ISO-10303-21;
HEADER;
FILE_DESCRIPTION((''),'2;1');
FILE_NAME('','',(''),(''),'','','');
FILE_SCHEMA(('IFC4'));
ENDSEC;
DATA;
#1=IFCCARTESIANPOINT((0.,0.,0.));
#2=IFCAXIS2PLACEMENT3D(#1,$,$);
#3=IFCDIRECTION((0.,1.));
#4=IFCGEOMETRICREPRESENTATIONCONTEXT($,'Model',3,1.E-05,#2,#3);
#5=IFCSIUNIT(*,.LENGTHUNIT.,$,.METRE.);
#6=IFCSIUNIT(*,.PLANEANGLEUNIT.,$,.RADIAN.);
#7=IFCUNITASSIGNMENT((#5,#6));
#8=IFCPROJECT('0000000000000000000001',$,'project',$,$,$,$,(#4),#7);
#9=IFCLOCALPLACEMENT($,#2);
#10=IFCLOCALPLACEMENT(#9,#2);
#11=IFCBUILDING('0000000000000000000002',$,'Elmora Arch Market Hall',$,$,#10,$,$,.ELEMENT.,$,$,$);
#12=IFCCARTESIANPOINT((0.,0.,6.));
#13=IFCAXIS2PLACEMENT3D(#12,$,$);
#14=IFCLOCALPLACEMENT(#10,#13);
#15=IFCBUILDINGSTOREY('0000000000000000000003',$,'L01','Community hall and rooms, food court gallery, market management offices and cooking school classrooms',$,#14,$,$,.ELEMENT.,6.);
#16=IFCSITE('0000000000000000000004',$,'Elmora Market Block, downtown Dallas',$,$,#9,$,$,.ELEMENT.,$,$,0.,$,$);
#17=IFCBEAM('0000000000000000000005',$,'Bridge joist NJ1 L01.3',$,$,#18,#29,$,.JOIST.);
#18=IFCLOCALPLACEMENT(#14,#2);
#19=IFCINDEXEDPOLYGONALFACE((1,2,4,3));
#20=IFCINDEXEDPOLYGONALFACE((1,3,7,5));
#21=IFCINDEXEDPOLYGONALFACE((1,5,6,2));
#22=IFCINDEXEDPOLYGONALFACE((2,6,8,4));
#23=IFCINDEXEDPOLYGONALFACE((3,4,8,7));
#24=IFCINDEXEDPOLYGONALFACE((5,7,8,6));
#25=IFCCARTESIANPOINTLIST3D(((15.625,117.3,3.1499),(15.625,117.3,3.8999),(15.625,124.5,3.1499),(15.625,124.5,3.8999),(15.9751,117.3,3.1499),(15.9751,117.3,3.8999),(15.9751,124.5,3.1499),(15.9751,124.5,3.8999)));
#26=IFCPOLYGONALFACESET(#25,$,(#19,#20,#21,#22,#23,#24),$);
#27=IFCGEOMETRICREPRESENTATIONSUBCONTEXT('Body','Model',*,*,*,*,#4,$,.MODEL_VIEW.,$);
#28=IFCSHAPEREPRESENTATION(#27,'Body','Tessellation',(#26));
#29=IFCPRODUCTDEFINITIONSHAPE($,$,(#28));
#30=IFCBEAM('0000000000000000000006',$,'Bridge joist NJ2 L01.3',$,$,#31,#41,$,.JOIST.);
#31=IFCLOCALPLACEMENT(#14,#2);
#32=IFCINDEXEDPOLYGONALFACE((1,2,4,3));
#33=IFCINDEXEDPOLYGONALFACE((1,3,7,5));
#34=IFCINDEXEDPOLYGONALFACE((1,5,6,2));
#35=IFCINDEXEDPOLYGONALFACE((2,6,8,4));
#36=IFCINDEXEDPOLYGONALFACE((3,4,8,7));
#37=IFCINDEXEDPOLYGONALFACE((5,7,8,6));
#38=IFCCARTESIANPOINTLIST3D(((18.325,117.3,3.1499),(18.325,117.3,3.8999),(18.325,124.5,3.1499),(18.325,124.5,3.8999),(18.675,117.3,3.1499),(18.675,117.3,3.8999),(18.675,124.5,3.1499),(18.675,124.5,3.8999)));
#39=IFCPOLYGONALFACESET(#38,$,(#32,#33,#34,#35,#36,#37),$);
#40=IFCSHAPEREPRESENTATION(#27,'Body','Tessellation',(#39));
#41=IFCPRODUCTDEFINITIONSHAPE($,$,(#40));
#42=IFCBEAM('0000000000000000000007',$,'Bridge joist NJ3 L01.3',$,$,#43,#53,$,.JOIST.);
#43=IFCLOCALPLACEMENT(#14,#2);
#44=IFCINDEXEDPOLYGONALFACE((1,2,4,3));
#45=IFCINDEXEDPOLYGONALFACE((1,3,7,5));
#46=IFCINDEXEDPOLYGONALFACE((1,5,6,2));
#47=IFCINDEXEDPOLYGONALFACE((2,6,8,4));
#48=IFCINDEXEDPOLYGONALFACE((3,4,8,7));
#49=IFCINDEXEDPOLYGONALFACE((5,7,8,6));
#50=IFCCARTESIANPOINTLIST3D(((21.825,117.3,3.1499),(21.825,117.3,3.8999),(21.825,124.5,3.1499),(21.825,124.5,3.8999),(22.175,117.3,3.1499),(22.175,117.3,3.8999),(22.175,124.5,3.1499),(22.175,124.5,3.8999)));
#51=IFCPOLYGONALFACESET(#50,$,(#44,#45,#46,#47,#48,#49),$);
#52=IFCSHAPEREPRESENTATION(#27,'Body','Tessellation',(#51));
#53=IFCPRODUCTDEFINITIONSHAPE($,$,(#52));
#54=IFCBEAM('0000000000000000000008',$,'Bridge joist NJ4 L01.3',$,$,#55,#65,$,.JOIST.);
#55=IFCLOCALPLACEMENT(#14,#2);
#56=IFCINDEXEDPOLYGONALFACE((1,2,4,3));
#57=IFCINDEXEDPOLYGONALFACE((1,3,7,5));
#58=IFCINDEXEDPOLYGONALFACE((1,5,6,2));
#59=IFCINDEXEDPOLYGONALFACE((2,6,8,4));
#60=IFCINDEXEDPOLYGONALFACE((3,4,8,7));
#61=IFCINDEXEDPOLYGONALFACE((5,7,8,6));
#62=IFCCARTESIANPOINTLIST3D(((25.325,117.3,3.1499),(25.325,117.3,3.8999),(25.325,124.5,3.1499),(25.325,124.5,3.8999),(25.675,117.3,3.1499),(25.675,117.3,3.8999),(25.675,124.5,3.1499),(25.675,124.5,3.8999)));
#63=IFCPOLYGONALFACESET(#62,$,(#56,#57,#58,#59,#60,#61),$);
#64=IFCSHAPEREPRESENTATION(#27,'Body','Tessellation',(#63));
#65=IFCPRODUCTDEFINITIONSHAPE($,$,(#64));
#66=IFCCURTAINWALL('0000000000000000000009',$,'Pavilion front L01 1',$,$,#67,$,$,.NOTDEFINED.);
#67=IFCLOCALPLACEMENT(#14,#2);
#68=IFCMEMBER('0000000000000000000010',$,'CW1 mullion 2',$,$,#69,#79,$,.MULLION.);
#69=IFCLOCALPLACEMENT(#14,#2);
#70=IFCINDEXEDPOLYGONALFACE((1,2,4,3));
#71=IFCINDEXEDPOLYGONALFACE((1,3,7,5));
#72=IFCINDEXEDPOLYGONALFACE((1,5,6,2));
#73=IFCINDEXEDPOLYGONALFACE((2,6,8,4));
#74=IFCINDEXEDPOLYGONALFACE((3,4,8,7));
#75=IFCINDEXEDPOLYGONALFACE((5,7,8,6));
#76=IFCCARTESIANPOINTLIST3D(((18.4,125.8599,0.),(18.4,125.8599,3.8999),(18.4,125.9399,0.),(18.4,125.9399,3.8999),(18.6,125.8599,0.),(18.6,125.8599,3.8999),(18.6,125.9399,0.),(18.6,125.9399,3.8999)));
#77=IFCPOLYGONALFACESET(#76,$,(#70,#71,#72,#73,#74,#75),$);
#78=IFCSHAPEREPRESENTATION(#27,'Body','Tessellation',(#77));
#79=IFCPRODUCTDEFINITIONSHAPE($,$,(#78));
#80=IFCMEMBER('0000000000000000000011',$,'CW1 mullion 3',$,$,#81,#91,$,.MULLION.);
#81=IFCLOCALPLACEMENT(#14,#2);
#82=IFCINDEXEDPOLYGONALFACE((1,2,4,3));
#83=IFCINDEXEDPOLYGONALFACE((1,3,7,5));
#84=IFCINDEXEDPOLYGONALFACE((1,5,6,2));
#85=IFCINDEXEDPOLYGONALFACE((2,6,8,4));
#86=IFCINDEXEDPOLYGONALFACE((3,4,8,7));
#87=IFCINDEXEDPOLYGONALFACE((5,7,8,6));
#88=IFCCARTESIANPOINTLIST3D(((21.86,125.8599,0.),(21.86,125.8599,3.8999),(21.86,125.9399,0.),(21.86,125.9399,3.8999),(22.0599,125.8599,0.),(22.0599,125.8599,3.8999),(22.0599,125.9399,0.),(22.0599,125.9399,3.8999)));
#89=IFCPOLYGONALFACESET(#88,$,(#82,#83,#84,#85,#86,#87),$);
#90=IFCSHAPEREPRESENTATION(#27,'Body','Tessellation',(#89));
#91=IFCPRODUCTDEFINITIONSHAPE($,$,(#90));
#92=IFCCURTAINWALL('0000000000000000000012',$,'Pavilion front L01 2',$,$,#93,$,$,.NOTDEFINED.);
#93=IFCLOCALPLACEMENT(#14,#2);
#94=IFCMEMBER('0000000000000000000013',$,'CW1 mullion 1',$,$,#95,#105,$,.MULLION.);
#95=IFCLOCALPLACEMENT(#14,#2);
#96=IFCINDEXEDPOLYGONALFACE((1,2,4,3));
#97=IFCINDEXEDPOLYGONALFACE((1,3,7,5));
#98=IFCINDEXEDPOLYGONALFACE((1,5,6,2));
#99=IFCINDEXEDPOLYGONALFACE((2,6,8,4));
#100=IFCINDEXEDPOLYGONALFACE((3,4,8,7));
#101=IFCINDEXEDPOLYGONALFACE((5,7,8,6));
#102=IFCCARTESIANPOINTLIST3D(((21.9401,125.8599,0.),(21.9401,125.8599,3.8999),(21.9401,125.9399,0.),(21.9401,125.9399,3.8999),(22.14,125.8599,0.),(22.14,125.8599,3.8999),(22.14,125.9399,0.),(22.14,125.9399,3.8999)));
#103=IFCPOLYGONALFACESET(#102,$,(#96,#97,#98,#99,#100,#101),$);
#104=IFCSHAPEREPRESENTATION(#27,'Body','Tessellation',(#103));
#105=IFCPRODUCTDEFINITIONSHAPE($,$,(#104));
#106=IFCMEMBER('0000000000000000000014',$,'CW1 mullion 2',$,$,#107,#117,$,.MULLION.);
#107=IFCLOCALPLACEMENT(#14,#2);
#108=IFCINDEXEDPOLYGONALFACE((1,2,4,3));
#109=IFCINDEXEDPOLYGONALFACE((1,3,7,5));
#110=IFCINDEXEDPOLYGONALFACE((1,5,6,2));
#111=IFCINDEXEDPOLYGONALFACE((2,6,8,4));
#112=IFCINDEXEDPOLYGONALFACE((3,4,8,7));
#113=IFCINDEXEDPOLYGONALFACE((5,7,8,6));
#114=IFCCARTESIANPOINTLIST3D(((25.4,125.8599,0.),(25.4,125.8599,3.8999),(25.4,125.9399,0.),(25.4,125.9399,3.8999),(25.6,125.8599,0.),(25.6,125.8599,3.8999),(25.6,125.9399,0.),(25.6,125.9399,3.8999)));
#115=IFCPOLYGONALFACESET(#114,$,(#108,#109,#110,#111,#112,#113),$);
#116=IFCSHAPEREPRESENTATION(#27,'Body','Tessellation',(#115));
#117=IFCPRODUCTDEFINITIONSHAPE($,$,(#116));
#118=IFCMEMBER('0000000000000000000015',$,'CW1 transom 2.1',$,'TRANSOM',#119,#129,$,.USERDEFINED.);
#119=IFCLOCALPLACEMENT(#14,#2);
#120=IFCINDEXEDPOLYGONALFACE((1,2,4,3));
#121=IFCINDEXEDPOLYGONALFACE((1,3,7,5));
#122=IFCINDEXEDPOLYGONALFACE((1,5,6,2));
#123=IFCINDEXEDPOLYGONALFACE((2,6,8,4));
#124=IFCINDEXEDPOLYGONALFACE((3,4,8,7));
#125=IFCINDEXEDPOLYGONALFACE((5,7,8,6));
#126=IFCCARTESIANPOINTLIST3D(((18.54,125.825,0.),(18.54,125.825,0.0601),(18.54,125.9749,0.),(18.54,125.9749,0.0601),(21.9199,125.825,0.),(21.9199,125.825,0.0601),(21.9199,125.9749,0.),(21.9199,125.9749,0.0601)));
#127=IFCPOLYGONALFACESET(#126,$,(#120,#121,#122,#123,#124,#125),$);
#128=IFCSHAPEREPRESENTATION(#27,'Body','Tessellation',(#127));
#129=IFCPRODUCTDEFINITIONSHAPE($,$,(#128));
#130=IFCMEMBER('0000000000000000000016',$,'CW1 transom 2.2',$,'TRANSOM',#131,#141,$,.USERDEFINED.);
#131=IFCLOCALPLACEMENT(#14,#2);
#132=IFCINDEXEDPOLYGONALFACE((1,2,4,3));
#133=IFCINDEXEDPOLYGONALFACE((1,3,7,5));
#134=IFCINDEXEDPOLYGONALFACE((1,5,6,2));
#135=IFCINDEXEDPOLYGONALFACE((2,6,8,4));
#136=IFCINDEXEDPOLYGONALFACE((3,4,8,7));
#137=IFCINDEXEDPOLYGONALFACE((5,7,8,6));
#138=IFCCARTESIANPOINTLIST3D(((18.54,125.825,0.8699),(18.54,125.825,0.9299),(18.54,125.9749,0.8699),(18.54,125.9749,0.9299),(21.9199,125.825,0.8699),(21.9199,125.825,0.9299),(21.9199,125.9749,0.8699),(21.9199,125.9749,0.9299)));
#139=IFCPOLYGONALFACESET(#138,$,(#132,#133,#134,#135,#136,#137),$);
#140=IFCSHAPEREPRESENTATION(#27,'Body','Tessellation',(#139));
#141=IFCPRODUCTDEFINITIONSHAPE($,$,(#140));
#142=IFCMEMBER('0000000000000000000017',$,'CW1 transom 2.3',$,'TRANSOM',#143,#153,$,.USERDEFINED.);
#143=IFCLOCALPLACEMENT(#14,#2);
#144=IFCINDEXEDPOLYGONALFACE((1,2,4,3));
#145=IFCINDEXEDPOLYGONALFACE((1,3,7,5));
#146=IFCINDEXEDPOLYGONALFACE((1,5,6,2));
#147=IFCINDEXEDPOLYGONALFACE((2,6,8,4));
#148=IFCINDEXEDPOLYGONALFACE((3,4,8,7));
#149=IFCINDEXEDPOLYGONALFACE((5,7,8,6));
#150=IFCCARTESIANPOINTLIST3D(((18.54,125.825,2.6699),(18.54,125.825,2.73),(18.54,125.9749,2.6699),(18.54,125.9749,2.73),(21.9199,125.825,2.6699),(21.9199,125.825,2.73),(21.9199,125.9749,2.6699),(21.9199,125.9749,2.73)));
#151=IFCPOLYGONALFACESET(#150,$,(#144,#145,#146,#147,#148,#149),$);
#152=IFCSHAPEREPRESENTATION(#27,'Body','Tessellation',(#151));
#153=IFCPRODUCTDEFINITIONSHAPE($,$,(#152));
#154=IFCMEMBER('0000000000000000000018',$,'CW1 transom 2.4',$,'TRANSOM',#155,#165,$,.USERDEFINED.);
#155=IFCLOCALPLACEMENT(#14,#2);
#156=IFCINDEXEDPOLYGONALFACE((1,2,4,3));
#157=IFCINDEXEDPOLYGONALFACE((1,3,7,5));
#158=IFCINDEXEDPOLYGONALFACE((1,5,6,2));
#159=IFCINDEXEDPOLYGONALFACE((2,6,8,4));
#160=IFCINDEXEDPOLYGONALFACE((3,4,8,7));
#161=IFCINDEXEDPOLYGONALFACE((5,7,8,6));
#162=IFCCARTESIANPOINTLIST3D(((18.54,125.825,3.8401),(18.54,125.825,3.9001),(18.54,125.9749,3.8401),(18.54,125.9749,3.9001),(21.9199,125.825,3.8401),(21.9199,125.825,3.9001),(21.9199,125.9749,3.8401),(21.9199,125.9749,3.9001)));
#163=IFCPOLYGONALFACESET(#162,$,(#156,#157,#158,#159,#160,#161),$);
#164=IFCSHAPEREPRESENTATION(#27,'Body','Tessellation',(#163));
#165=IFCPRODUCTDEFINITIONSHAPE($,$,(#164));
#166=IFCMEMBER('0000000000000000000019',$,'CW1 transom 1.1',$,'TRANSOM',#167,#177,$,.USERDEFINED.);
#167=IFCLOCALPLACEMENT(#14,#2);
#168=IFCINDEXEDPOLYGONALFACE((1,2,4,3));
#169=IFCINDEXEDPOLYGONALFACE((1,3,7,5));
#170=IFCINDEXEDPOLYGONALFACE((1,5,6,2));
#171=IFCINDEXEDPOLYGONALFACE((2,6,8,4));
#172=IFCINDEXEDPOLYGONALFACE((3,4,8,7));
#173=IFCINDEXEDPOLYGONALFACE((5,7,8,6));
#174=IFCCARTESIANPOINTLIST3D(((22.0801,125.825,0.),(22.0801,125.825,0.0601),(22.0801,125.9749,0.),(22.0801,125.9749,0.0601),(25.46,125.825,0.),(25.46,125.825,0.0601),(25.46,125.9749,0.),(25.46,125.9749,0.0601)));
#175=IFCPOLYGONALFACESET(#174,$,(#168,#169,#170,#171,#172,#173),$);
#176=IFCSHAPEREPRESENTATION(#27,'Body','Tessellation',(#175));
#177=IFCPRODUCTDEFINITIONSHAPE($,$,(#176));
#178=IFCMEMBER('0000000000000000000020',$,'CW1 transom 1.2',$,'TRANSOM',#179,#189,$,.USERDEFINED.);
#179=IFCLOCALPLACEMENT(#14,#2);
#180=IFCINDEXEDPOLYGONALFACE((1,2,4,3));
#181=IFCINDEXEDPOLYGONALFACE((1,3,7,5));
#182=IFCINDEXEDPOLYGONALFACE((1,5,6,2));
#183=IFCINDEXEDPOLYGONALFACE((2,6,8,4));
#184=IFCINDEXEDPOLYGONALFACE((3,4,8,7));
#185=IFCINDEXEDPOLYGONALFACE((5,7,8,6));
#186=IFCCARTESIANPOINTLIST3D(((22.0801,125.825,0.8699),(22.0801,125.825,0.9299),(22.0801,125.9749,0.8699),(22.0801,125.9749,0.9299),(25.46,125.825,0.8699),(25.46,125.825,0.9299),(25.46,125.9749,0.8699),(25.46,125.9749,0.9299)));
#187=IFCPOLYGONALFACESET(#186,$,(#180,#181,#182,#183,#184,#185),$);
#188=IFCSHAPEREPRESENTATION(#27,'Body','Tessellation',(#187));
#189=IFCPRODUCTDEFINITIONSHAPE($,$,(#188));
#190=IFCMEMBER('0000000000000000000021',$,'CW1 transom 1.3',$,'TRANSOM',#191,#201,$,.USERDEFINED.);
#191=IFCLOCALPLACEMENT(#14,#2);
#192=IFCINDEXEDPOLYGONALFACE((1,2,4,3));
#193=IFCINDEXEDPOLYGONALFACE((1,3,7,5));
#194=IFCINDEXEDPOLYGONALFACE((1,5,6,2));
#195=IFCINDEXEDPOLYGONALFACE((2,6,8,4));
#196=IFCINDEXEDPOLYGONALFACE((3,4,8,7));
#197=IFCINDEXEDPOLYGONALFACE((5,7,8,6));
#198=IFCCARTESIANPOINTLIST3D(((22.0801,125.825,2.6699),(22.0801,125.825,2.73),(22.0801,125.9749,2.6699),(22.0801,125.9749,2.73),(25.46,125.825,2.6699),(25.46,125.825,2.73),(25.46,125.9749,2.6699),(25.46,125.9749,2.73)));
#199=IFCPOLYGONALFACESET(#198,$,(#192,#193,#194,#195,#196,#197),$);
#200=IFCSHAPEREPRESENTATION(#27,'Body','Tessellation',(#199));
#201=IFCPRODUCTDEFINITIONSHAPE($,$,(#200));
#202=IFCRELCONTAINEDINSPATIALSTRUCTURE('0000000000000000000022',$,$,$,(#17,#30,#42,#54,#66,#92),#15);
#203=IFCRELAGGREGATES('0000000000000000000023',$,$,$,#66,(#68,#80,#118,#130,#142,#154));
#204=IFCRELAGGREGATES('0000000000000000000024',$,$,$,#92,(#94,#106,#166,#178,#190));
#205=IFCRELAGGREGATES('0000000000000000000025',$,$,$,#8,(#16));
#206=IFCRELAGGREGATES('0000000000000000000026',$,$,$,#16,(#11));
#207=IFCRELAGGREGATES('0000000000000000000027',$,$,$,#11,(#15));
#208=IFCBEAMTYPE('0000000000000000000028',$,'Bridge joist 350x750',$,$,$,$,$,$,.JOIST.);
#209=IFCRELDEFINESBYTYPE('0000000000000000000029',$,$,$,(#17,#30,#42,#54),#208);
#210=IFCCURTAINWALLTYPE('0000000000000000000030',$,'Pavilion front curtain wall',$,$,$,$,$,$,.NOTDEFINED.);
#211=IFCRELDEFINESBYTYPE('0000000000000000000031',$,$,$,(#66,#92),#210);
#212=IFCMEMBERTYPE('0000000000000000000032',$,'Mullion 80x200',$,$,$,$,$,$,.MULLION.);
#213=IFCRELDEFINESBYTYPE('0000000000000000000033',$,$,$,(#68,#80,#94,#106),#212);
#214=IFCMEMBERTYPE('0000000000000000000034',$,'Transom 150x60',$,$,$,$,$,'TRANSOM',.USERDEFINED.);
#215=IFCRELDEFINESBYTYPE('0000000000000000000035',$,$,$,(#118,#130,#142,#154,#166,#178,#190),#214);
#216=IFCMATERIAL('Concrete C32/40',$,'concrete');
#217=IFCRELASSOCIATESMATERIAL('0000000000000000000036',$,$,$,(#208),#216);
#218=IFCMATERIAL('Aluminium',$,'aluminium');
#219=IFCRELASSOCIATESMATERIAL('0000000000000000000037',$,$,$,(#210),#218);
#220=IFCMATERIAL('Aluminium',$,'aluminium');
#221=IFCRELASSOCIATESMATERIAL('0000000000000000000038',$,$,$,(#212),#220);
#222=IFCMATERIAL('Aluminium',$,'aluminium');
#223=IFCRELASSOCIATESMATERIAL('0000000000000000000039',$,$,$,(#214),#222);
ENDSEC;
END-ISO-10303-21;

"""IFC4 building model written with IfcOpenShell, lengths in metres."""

from ifc_helpers import new_model, si_unit, direction, frame, origin, origin_2d, place, context, subcontext, project, spatial, rectangle, extrude, material, material_profile, profile_set, type_object, element, aggregate, save


model = new_model("IFC4")

# Units and contexts
model_context = context("Model", 3, precision=1e-05, world=origin(), true_north=direction((0.0, 1.0)))
body_context = subcontext(model_context, "Body", "Model", "MODEL_VIEW")
ifc_project = project(units=[si_unit("LENGTHUNIT", "METRE"), si_unit("PLANEANGLEUNIT", "RADIAN")], contexts=[model_context])

# Site, building, storey
site_placement = place(None, origin())
site = spatial("IfcSite", under=ifc_project, at=site_placement, Name="Elmora Market Block, downtown Dallas", CompositionType="ELEMENT", RefElevation=0.0)
building_placement = place(site_placement, origin())
building = spatial("IfcBuilding", under=site, at=building_placement, Name="Elmora Arch Market Hall", CompositionType="ELEMENT")
storey_placement = place(building_placement, frame((0.0, 0.0, 6.0)))
storey = spatial("IfcBuildingStorey", under=building, at=storey_placement, Name="L01", Description="Community hall and rooms, food court gallery, market management offices and cooking school classrooms", CompositionType="ELEMENT", Elevation=6.0)

# Beams
ifc_material_1 = material(Name="Concrete C32/40", Category="concrete")
ifc_material_profile_1 = material_profile(ifc_material_1, rectangle(XDim=0.3501, YDim=0.75, at=origin_2d()), Name="Bridge joist 350x750")
ifc_profile_set_1 = profile_set([ifc_material_profile_1], Name="Concrete C32/40")
beam_type = type_object("IfcBeamType", Name="Bridge joist 350x750", PredefinedType="JOIST", material=ifc_profile_set_1)
for number, where, z_axis, x_axis, name in (
    (1, (15.8, 117.3, 3.5249), (0.0, 1.0, 0.0), (-1.0, 0.0, 0.0), "Bridge joist NJ1 L01.3"),
    (2, (18.5, 117.3, 3.5249), (0.0, 1.0, 0.0), (-1.0, 0.0, 0.0), "Bridge joist NJ2 L01.3"),
    (3, (22.0, 117.3, 3.5249), (0.0, 1.0, 0.0), (-1.0, 0.0, 0.0), "Bridge joist NJ3 L01.3"),
    (4, (25.5, 117.3, 3.5249), (0.0, 1.0, 0.0), (-1.0, 0.0, 0.0), "Bridge joist NJ4 L01.3"),
):
    element("IfcBeam", number, at=place(storey_placement, frame(where, z_axis=z_axis, x_axis=x_axis)), inside=storey, type_object=beam_type, Name=name, PredefinedType="JOIST", context=body_context, shape_type="SweptSolid", body=[
        extrude(rectangle(XDim=0.3501, YDim=0.75, at=origin_2d()), origin(), (0.0, 0.0, 1.0), 7.2),
    ])

# Curtain walls, members
ifc_material_2 = material(Name="Aluminium", Category="aluminium")
curtain_wall_type = type_object("IfcCurtainWallType", Name="Pavilion front curtain wall", PredefinedType="NOTDEFINED", material=ifc_material_2)
curtain_wall_1_placement = place(storey_placement, origin())
curtain_wall_1 = element("IfcCurtainWall", 5, at=curtain_wall_1_placement, inside=storey, type_object=curtain_wall_type, Name="Pavilion front L01 1", PredefinedType="NOTDEFINED")
ifc_material_3 = material(Name="Aluminium", Category="aluminium")
ifc_material_profile_2 = material_profile(ifc_material_3, rectangle(XDim=0.0801, YDim=0.2, at=origin_2d()), Name="AL 80x200")
ifc_profile_set_2 = profile_set([ifc_material_profile_2], Name="Aluminium")
member_type_1 = type_object("IfcMemberType", Name="Mullion 80x200", PredefinedType="MULLION", material=ifc_profile_set_2)
member_1_placement = place(storey_placement, frame((18.5, 125.8999, 0.0), z_axis=(0.0, 0.0, 1.0), x_axis=(0.0, 1.0, 0.0)))
member_1 = element("IfcMember", 6, at=member_1_placement, type_object=member_type_1, Name="CW1 mullion 2", PredefinedType="MULLION", context=body_context, shape_type="SweptSolid", body=[
    extrude(rectangle(XDim=0.0801, YDim=0.2, at=origin_2d()), origin(), (0.0, 0.0, 1.0), 3.8999),
])
member_2_placement = place(storey_placement, frame((21.96, 125.8999, 0.0), z_axis=(0.0, 0.0, 1.0), x_axis=(0.0, 1.0, 0.0)))
member_2 = element("IfcMember", 7, at=member_2_placement, type_object=member_type_1, Name="CW1 mullion 3", PredefinedType="MULLION", context=body_context, shape_type="SweptSolid", body=[
    extrude(rectangle(XDim=0.0801, YDim=0.2, at=origin_2d()), origin(), (0.0, 0.0, 1.0), 3.8999),
])
curtain_wall_2_placement = place(storey_placement, origin())
curtain_wall_2 = element("IfcCurtainWall", 8, at=curtain_wall_2_placement, inside=storey, type_object=curtain_wall_type, Name="Pavilion front L01 2", PredefinedType="NOTDEFINED")
member_3_placement = place(storey_placement, frame((22.04, 125.8999, 0.0), z_axis=(0.0, 0.0, 1.0), x_axis=(0.0, 1.0, 0.0)))
member_3 = element("IfcMember", 9, at=member_3_placement, type_object=member_type_1, Name="CW1 mullion 1", PredefinedType="MULLION", context=body_context, shape_type="SweptSolid", body=[
    extrude(rectangle(XDim=0.0801, YDim=0.2, at=origin_2d()), origin(), (0.0, 0.0, 1.0), 3.8999),
])
member_4_placement = place(storey_placement, frame((25.5, 125.8999, 0.0), z_axis=(0.0, 0.0, 1.0), x_axis=(0.0, 1.0, 0.0)))
member_4 = element("IfcMember", 10, at=member_4_placement, type_object=member_type_1, Name="CW1 mullion 2", PredefinedType="MULLION", context=body_context, shape_type="SweptSolid", body=[
    extrude(rectangle(XDim=0.0801, YDim=0.2, at=origin_2d()), origin(), (0.0, 0.0, 1.0), 3.8999),
])

# Members
ifc_material_4 = material(Name="Aluminium", Category="aluminium")
ifc_material_profile_3 = material_profile(ifc_material_4, rectangle(XDim=0.1499, YDim=0.0601, at=origin_2d()), Name="AL 150x60")
ifc_profile_set_3 = profile_set([ifc_material_profile_3], Name="Aluminium")
member_type_2 = type_object("IfcMemberType", Name="Transom 150x60", ElementType="TRANSOM", PredefinedType="USERDEFINED", material=ifc_profile_set_3)
member_5_placement = place(storey_placement, frame((18.54, 125.8999, 0.03), z_axis=(1.0, 0.0, 0.0), x_axis=(0.0, 1.0, 0.0)))
member_5 = element("IfcMember", 11, at=member_5_placement, type_object=member_type_2, Name="CW1 transom 2.1", ObjectType="TRANSOM", PredefinedType="USERDEFINED", context=body_context, shape_type="SweptSolid", body=[
    extrude(rectangle(XDim=0.1499, YDim=0.0601, at=origin_2d()), origin(), (0.0, 0.0, 1.0), 3.3799),
])
member_6_placement = place(storey_placement, frame((18.54, 125.8999, 0.8999), z_axis=(1.0, 0.0, 0.0), x_axis=(0.0, 1.0, 0.0)))
member_6 = element("IfcMember", 12, at=member_6_placement, type_object=member_type_2, Name="CW1 transom 2.2", ObjectType="TRANSOM", PredefinedType="USERDEFINED", context=body_context, shape_type="SweptSolid", body=[
    extrude(rectangle(XDim=0.1499, YDim=0.0601, at=origin_2d()), origin(), (0.0, 0.0, 1.0), 3.3799),
])
member_7_placement = place(storey_placement, frame((18.54, 125.8999, 2.7), z_axis=(1.0, 0.0, 0.0), x_axis=(0.0, 1.0, 0.0)))
member_7 = element("IfcMember", 13, at=member_7_placement, type_object=member_type_2, Name="CW1 transom 2.3", ObjectType="TRANSOM", PredefinedType="USERDEFINED", context=body_context, shape_type="SweptSolid", body=[
    extrude(rectangle(XDim=0.1499, YDim=0.0601, at=origin_2d()), origin(), (0.0, 0.0, 1.0), 3.3799),
])
member_8_placement = place(storey_placement, frame((18.54, 125.8999, 3.8701), z_axis=(1.0, 0.0, 0.0), x_axis=(0.0, 1.0, 0.0)))
member_8 = element("IfcMember", 14, at=member_8_placement, type_object=member_type_2, Name="CW1 transom 2.4", ObjectType="TRANSOM", PredefinedType="USERDEFINED", context=body_context, shape_type="SweptSolid", body=[
    extrude(rectangle(XDim=0.1499, YDim=0.0601, at=origin_2d()), origin(), (0.0, 0.0, 1.0), 3.3799),
])
member_9_placement = place(storey_placement, frame((22.0801, 125.8999, 0.03), z_axis=(1.0, 0.0, 0.0), x_axis=(0.0, 1.0, 0.0)))
member_9 = element("IfcMember", 15, at=member_9_placement, type_object=member_type_2, Name="CW1 transom 1.1", ObjectType="TRANSOM", PredefinedType="USERDEFINED", context=body_context, shape_type="SweptSolid", body=[
    extrude(rectangle(XDim=0.1499, YDim=0.0601, at=origin_2d()), origin(), (0.0, 0.0, 1.0), 3.3799),
])
member_10_placement = place(storey_placement, frame((22.0801, 125.8999, 0.8999), z_axis=(1.0, 0.0, 0.0), x_axis=(0.0, 1.0, 0.0)))
member_10 = element("IfcMember", 16, at=member_10_placement, type_object=member_type_2, Name="CW1 transom 1.2", ObjectType="TRANSOM", PredefinedType="USERDEFINED", context=body_context, shape_type="SweptSolid", body=[
    extrude(rectangle(XDim=0.1499, YDim=0.0601, at=origin_2d()), origin(), (0.0, 0.0, 1.0), 3.3799),
])
member_11_placement = place(storey_placement, frame((22.0801, 125.8999, 2.7), z_axis=(1.0, 0.0, 0.0), x_axis=(0.0, 1.0, 0.0)))
member_11 = element("IfcMember", 17, at=member_11_placement, type_object=member_type_2, Name="CW1 transom 1.3", ObjectType="TRANSOM", PredefinedType="USERDEFINED", context=body_context, shape_type="SweptSolid", body=[
    extrude(rectangle(XDim=0.1499, YDim=0.0601, at=origin_2d()), origin(), (0.0, 0.0, 1.0), 3.3799),
])

aggregate(curtain_wall_1, [member_1, member_2, member_5, member_6, member_7, member_8])
aggregate(curtain_wall_2, [member_3, member_4, member_9, member_10, member_11])

save(model, "model.ifc")
